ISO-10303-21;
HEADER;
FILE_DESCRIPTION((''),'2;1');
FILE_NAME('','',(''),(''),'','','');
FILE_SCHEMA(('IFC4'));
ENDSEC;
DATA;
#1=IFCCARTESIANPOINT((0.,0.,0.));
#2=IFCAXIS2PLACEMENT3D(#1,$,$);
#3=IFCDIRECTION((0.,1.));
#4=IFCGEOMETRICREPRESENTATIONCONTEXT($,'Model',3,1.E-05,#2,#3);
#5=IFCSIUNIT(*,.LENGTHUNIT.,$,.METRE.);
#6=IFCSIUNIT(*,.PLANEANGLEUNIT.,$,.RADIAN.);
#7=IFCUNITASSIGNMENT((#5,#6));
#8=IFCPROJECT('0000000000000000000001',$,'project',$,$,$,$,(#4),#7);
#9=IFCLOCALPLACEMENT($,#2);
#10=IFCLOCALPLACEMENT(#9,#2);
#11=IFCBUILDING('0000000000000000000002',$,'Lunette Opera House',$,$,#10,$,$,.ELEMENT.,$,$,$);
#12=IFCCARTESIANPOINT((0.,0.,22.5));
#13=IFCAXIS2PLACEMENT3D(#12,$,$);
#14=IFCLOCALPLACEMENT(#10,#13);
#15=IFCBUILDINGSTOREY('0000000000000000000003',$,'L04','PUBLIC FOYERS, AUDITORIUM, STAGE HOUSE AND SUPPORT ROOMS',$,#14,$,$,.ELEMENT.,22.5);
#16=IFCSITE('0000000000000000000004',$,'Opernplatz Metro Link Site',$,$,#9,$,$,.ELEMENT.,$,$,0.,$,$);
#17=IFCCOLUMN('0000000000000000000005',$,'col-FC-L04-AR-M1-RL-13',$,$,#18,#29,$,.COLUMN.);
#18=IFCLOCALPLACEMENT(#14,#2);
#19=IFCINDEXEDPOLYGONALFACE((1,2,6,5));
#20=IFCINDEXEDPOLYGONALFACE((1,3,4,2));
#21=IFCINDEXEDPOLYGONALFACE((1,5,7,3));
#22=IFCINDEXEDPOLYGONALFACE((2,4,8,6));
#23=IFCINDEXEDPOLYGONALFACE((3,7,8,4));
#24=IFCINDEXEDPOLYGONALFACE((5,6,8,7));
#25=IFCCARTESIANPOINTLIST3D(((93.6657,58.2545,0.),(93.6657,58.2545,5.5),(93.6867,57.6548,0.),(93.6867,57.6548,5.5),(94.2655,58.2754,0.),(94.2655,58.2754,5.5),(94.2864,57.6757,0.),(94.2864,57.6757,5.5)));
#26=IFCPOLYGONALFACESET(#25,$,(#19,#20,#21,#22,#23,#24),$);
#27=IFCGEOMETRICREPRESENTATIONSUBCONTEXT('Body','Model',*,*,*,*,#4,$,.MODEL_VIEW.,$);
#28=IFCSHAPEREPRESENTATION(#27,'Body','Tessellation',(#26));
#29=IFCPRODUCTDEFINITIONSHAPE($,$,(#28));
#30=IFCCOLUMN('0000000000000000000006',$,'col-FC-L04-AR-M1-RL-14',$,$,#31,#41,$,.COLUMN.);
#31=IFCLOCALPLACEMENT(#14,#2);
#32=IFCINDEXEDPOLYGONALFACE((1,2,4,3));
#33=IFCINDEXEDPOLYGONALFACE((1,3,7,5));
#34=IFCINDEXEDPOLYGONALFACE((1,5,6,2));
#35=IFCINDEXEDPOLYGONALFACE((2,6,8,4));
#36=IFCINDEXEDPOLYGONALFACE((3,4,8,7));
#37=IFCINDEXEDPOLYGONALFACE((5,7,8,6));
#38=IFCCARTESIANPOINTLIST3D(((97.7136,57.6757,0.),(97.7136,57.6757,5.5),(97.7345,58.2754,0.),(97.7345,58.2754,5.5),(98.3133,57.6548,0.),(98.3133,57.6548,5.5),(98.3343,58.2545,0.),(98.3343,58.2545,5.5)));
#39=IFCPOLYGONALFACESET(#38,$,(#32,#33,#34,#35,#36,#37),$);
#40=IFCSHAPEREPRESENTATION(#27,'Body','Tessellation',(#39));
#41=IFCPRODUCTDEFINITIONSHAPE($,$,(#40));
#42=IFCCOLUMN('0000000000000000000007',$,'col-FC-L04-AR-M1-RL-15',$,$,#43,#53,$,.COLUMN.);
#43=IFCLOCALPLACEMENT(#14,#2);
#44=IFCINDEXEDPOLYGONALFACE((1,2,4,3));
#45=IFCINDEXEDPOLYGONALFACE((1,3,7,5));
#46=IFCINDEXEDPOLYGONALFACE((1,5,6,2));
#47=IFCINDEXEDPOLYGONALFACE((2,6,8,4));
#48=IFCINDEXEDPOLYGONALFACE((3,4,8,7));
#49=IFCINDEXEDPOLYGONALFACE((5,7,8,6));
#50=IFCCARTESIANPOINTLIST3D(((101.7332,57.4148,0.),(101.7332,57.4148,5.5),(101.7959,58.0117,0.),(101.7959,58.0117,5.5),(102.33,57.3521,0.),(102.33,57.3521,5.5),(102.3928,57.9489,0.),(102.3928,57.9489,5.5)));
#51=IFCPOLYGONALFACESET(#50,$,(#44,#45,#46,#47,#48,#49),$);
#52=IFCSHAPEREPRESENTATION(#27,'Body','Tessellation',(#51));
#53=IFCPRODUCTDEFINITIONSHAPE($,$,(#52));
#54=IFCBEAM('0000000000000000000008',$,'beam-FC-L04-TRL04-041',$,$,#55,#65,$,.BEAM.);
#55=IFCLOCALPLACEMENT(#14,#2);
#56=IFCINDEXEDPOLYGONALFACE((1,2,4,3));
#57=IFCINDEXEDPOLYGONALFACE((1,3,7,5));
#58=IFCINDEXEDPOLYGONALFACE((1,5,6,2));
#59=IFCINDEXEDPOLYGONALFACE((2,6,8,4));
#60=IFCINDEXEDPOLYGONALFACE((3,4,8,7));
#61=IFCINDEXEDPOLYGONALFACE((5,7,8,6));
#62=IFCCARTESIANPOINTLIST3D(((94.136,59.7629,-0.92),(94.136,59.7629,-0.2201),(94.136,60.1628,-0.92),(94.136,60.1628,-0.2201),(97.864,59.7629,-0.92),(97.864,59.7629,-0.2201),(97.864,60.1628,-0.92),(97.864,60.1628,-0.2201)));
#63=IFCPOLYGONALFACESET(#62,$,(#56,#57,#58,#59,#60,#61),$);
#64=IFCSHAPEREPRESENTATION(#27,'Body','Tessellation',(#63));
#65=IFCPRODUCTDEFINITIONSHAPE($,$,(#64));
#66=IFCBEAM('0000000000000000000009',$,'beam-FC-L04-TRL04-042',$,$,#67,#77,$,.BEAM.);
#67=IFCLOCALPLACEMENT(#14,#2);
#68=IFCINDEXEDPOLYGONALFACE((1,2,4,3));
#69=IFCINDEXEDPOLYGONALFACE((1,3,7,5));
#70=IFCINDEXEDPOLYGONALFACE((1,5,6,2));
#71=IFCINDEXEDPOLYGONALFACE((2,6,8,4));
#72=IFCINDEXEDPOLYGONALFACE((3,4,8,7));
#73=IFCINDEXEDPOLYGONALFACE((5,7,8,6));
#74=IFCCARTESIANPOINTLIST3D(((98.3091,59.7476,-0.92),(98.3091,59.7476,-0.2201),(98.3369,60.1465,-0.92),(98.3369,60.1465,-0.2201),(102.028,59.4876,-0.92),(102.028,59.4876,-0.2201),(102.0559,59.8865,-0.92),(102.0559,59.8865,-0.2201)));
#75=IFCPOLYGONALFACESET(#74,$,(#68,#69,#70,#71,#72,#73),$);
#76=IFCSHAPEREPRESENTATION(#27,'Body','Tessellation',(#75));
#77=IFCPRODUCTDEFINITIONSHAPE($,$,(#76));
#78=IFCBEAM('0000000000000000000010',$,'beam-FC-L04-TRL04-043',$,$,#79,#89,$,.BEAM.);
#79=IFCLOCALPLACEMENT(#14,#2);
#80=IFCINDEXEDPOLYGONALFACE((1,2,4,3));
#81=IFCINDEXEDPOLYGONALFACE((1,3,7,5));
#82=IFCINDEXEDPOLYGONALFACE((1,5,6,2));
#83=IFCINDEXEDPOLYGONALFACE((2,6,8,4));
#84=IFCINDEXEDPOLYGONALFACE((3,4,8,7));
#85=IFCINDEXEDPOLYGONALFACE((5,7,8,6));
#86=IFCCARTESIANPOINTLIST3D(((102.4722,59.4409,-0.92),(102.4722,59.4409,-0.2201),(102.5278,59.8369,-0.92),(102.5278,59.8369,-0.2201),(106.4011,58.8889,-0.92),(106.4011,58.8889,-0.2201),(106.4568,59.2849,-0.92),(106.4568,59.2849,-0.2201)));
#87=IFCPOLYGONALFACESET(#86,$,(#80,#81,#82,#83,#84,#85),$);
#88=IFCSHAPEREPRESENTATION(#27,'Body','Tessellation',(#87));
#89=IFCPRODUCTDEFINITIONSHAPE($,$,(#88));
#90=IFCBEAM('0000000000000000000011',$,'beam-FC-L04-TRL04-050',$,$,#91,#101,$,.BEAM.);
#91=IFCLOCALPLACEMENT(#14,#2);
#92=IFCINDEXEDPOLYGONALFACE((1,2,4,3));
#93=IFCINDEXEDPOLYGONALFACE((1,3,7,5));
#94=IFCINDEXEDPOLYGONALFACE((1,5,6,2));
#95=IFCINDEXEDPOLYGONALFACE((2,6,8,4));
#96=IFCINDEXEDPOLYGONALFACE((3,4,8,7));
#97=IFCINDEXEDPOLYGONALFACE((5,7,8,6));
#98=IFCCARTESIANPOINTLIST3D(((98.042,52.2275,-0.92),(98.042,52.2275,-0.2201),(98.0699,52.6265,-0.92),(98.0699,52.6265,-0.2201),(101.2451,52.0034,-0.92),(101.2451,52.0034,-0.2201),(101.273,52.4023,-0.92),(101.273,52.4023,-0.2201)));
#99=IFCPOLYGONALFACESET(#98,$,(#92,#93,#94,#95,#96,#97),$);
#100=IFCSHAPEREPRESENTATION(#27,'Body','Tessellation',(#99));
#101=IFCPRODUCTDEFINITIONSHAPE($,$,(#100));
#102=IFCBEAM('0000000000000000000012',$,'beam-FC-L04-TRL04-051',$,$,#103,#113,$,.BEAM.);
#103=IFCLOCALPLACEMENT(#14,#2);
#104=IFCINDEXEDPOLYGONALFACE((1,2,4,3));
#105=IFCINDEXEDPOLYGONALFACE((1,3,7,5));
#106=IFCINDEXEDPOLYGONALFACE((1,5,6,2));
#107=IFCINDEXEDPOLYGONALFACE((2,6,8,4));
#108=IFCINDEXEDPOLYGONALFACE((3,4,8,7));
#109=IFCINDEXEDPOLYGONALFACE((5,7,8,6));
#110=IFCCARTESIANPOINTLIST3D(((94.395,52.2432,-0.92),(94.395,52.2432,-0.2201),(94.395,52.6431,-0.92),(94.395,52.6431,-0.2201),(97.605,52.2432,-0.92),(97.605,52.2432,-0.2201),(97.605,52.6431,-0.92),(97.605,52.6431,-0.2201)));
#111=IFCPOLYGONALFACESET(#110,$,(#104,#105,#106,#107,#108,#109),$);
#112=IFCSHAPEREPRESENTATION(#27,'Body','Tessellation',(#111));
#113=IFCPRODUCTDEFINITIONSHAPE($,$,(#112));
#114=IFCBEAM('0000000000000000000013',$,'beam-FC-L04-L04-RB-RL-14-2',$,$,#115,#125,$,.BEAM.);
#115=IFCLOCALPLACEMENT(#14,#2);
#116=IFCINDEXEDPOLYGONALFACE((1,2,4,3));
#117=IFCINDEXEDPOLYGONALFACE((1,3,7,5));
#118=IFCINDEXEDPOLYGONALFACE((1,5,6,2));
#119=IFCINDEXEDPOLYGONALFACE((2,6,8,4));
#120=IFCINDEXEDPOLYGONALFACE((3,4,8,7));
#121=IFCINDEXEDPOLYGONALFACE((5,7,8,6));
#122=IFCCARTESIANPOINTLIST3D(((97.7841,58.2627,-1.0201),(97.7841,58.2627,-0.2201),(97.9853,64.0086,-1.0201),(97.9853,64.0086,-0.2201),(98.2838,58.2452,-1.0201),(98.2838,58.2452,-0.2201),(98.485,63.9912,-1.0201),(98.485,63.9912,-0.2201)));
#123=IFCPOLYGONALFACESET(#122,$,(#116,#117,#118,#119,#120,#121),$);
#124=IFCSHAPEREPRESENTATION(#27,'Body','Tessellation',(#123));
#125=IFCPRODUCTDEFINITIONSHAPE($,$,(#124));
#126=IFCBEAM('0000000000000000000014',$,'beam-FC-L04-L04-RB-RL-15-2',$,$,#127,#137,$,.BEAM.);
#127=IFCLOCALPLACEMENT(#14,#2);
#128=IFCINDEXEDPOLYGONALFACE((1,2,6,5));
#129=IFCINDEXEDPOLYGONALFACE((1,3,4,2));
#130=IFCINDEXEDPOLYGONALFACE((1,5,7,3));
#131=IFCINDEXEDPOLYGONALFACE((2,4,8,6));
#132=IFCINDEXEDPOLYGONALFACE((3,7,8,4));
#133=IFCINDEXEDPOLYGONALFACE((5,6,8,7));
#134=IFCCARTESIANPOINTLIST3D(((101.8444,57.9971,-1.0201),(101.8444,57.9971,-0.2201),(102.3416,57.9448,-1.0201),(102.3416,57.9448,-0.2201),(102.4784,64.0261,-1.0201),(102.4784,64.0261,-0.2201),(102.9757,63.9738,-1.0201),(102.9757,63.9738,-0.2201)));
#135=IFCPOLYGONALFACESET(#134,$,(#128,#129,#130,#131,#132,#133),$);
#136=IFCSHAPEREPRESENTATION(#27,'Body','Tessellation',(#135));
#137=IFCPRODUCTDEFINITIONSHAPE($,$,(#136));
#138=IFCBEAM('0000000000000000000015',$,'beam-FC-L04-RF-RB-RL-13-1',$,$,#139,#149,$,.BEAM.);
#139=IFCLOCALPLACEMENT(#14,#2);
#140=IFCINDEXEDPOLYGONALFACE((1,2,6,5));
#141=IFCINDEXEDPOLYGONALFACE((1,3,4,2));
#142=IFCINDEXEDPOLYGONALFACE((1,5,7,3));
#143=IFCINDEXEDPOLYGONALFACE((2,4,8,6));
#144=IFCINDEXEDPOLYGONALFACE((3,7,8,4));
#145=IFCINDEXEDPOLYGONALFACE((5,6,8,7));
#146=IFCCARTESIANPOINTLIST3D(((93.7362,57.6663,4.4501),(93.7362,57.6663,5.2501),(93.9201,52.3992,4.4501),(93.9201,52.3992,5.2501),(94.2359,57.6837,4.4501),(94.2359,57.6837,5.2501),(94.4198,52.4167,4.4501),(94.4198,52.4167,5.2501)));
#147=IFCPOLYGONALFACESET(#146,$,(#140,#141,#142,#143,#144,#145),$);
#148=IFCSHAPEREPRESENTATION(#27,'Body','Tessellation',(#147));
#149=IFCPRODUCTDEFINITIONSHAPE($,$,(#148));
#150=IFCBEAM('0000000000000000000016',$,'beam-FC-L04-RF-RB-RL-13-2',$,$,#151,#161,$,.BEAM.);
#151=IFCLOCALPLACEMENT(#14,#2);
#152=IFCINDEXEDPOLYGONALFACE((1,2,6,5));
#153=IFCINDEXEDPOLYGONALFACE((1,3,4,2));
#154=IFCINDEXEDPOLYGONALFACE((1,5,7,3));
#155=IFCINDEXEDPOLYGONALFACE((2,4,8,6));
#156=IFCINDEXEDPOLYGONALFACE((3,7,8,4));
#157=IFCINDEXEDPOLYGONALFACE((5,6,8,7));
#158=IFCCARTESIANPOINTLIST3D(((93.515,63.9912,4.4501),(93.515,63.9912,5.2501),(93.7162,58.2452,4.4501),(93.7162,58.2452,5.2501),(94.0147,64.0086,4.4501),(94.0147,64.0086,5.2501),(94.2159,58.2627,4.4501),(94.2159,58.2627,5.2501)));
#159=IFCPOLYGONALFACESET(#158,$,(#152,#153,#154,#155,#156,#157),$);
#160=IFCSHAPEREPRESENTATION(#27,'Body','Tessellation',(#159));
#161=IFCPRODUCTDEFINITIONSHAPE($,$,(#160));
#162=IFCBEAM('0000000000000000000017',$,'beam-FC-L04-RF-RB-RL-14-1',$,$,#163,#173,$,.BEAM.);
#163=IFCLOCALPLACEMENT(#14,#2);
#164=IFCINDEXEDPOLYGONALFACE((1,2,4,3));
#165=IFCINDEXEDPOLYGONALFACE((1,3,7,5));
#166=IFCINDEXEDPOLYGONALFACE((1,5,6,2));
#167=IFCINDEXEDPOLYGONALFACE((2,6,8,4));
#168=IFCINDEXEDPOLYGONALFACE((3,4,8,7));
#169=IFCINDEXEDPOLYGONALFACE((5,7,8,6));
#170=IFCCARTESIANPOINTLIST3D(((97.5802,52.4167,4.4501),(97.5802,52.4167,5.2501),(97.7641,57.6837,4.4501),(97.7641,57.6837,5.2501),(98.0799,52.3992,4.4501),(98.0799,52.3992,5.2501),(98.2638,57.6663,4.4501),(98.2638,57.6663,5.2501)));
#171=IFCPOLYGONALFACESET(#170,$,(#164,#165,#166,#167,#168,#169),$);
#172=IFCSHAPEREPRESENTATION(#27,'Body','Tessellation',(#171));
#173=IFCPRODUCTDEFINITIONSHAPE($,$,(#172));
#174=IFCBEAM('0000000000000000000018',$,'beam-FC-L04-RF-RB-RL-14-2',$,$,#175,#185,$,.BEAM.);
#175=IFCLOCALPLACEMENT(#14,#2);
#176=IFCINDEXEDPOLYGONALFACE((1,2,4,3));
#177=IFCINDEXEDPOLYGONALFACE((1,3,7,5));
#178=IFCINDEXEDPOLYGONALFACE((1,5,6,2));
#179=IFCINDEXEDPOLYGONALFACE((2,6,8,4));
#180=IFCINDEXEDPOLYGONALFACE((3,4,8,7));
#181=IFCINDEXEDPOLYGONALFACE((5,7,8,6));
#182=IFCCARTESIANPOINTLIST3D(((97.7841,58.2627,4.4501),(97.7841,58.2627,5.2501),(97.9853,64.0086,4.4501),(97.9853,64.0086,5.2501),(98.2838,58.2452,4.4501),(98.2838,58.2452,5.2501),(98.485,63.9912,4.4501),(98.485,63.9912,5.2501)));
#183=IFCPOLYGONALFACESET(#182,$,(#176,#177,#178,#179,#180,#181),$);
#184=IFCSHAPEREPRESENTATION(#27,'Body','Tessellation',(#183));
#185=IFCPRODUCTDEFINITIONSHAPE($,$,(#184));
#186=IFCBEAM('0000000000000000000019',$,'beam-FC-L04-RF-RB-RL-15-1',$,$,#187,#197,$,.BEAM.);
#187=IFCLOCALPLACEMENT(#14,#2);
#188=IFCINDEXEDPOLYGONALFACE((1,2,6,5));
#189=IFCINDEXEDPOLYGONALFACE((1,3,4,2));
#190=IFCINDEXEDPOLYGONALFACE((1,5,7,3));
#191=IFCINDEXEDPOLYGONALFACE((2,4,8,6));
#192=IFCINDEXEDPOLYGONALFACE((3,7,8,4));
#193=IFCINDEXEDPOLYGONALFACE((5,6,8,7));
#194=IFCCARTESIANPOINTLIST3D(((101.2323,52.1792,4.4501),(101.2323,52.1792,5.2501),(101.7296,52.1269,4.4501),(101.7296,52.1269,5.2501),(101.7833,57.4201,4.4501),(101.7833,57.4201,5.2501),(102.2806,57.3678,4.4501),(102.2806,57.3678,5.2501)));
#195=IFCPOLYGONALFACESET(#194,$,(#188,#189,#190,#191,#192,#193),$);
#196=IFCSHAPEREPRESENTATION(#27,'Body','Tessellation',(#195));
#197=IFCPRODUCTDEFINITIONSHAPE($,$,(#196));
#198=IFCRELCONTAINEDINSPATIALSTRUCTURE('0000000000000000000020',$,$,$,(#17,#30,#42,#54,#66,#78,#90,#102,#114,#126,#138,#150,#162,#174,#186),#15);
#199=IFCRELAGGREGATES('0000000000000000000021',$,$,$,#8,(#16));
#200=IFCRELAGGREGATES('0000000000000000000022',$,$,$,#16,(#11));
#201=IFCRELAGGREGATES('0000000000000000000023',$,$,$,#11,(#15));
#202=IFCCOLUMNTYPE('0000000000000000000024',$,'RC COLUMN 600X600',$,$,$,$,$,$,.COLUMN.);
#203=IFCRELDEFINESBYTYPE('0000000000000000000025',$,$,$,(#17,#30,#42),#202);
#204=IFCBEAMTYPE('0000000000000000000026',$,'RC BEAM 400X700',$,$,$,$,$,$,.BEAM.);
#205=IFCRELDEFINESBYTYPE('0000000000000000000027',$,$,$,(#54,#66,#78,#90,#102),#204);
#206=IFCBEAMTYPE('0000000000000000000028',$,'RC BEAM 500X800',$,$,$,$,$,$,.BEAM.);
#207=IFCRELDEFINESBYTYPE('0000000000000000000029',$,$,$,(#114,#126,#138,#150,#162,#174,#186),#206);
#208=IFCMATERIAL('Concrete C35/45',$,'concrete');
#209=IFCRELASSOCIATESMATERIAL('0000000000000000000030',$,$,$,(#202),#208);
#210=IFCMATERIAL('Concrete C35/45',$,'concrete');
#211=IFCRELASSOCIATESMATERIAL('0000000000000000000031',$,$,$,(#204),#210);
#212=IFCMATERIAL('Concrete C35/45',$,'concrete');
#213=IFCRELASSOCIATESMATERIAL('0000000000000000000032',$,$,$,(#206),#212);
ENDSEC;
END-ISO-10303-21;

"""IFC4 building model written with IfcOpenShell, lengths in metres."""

from ifc_helpers import new_model, si_unit, direction, frame, origin, origin_2d, place, context, subcontext, project, spatial, rectangle, extrude, material, material_profile, profile_set, type_object, element, save


model = new_model("IFC4")

# Units and contexts
model_context = context("Model", 3, precision=1e-05, world=origin(), true_north=direction((0.0, 1.0)))
body_context = subcontext(model_context, "Body", "Model", "MODEL_VIEW")
ifc_project = project(units=[si_unit("LENGTHUNIT", "METRE"), si_unit("PLANEANGLEUNIT", "RADIAN")], contexts=[model_context])

# Site, building, storey
site_placement = place(None, origin())
site = spatial("IfcSite", under=ifc_project, at=site_placement, Name="Opernplatz Metro Link Site", CompositionType="ELEMENT", RefElevation=0.0)
building_placement = place(site_placement, origin())
building = spatial("IfcBuilding", under=site, at=building_placement, Name="Lunette Opera House", CompositionType="ELEMENT")
storey_placement = place(building_placement, frame((0.0, 0.0, 22.5)))
storey = spatial("IfcBuildingStorey", under=building, at=storey_placement, Name="L04", Description="PUBLIC FOYERS, AUDITORIUM, STAGE HOUSE AND SUPPORT ROOMS", CompositionType="ELEMENT", Elevation=22.5)

# Columns
ifc_material_1 = material(Name="Concrete C35/45", Category="concrete")
ifc_material_profile_1 = material_profile(ifc_material_1, rectangle(XDim=0.6001, YDim=0.6001, at=origin_2d()), Name="RC COLUMN 600X600")
ifc_profile_set_1 = profile_set([ifc_material_profile_1], Name="Concrete C35/45")
column_type = type_object("IfcColumnType", Name="RC COLUMN 600X600", PredefinedType="COLUMN", material=ifc_profile_set_1)
for number, where, z_axis, x_axis, name in (
    (1, (93.9761, 57.9651, 0.0), (0.0, 0.0, 1.0), (0.999391, 0.034899, 0.0), "col-FC-L04-AR-M1-RL-13"),
    (2, (98.0239, 57.9651, 0.0), (0.0, 0.0, 1.0), (0.999391, -0.034899, 0.0), "col-FC-L04-AR-M1-RL-14"),
    (3, (102.063, 57.6819, 0.0), (0.0, 0.0, 1.0), (0.994522, -0.104528, 0.0), "col-FC-L04-AR-M1-RL-15"),
):
    element("IfcColumn", number, at=place(storey_placement, frame(where, z_axis=z_axis, x_axis=x_axis)), inside=storey, type_object=column_type, Name=name, PredefinedType="COLUMN", context=body_context, shape_type="SweptSolid", body=[
        extrude(rectangle(XDim=0.6001, YDim=0.6001, at=origin_2d()), origin(), (0.0, 0.0, 1.0), 5.5),
    ])

# Beams
ifc_material_2 = material(Name="Concrete C35/45", Category="concrete")
ifc_material_profile_2 = material_profile(ifc_material_2, rectangle(XDim=0.3999, YDim=0.7, at=origin_2d()), Name="RC BEAM 400X700")
ifc_profile_set_2 = profile_set([ifc_material_profile_2], Name="Concrete C35/45")
beam_type_1 = type_object("IfcBeamType", Name="RC BEAM 400X700", PredefinedType="BEAM", material=ifc_profile_set_2)
for number, where, z_axis, x_axis, name in (
    (4, (94.136, 59.9629, -0.5701), (1.0, 0.0, 0.0), (0.0, 1.0, 0.0), "beam-FC-L04-TRL04-041"),
    (5, (98.323, 59.947, -0.5701), (0.997565, -0.069744, 0.0), (0.069744, 0.997565, 0.0), "beam-FC-L04-TRL04-042"),
):
    element("IfcBeam", number, at=place(storey_placement, frame(where, z_axis=z_axis, x_axis=x_axis)), inside=storey, type_object=beam_type_1, Name=name, PredefinedType="BEAM", context=body_context, shape_type="SweptSolid", body=[
        extrude(rectangle(XDim=0.3999, YDim=0.7, at=origin_2d()), origin(), (0.0, 0.0, 1.0), 3.728),
    ])
beam_1_placement = place(storey_placement, frame((102.5, 59.6389, -0.5701), z_axis=(0.990274, -0.139129, 0.0), x_axis=(0.139129, 0.990274, 0.0)))
element("IfcBeam", 6, at=beam_1_placement, inside=storey, type_object=beam_type_1, Name="beam-FC-L04-TRL04-043", PredefinedType="BEAM", context=body_context, shape_type="SweptSolid", body=[
    extrude(rectangle(XDim=0.3999, YDim=0.7, at=origin_2d()), origin(), (0.0, 0.0, 1.0), 3.9675),
])
beam_2_placement = place(storey_placement, frame((101.259, 52.2029, -0.5701), z_axis=(-0.997561, 0.069799, 0.0), x_axis=(-0.069799, -0.997561, 0.0)))
element("IfcBeam", 7, at=beam_2_placement, inside=storey, type_object=beam_type_1, Name="beam-FC-L04-TRL04-050", PredefinedType="BEAM", context=body_context, shape_type="SweptSolid", body=[
    extrude(rectangle(XDim=0.3999, YDim=0.7, at=origin_2d()), origin(), (0.0, 0.0, 1.0), 3.2109),
])
beam_3_placement = place(storey_placement, frame((97.605, 52.4431, -0.5701), z_axis=(-1.0, 0.0, 0.0), x_axis=(0.0, -1.0, 0.0)))
element("IfcBeam", 8, at=beam_3_placement, inside=storey, type_object=beam_type_1, Name="beam-FC-L04-TRL04-051", PredefinedType="BEAM", context=body_context, shape_type="SweptSolid", body=[
    extrude(rectangle(XDim=0.3999, YDim=0.7, at=origin_2d()), origin(), (0.0, 0.0, 1.0), 3.21),
])
ifc_material_3 = material(Name="Concrete C35/45", Category="concrete")
ifc_material_profile_3 = material_profile(ifc_material_3, rectangle(XDim=0.5, YDim=0.8, at=origin_2d()), Name="RC BEAM 500X800")
ifc_profile_set_3 = profile_set([ifc_material_profile_3], Name="Concrete C35/45")
beam_type_2 = type_object("IfcBeamType", Name="RC BEAM 500X800", PredefinedType="BEAM", material=ifc_profile_set_3)
beam_4_placement = place(storey_placement, frame((98.0339, 58.2539, -0.6201), z_axis=(0.034989, 0.999388, 0.0), x_axis=(-0.999388, 0.034989, 0.0)))
element("IfcBeam", 9, at=beam_4_placement, inside=storey, type_object=beam_type_2, Name="beam-FC-L04-L04-RB-RL-14-2", PredefinedType="BEAM", context=body_context, shape_type="SweptSolid", body=[
    extrude(rectangle(XDim=0.5, YDim=0.8, at=origin_2d()), origin(), (0.0, 0.0, 1.0), 5.7495),
])
beam_5_placement = place(storey_placement, frame((102.093, 57.9709, -0.6201), z_axis=(0.104586, 0.994516, 0.0), x_axis=(-0.994516, 0.104586, 0.0)))
element("IfcBeam", 10, at=beam_5_placement, inside=storey, type_object=beam_type_2, Name="beam-FC-L04-L04-RB-RL-15-2", PredefinedType="BEAM", context=body_context, shape_type="SweptSolid", body=[
    extrude(rectangle(XDim=0.5, YDim=0.8, at=origin_2d()), origin(), (0.0, 0.0, 1.0), 6.0623),
])
beam_6_placement = place(storey_placement, frame((94.1699, 52.408, 4.8501), z_axis=(-0.034882, 0.999391, 0.0), x_axis=(-0.999391, -0.034882, 0.0)))
element("IfcBeam", 11, at=beam_6_placement, inside=storey, type_object=beam_type_2, Name="beam-FC-L04-RF-RB-RL-13-1", PredefinedType="BEAM", context=body_context, shape_type="SweptSolid", body=[
    extrude(rectangle(XDim=0.5, YDim=0.8, at=origin_2d()), origin(), (0.0, 0.0, 1.0), 5.2703),
])
beam_7_placement = place(storey_placement, frame((93.9661, 58.2539, 4.8501), z_axis=(-0.034989, 0.999388, 0.0), x_axis=(-0.999388, -0.034989, 0.0)))
element("IfcBeam", 12, at=beam_7_placement, inside=storey, type_object=beam_type_2, Name="beam-FC-L04-RF-RB-RL-13-2", PredefinedType="BEAM", context=body_context, shape_type="SweptSolid", body=[
    extrude(rectangle(XDim=0.5, YDim=0.8, at=origin_2d()), origin(), (0.0, 0.0, 1.0), 5.7495),
])
beam_8_placement = place(storey_placement, frame((97.8301, 52.408, 4.8501), z_axis=(0.034882, 0.999391, 0.0), x_axis=(-0.999391, 0.034882, 0.0)))
element("IfcBeam", 13, at=beam_8_placement, inside=storey, type_object=beam_type_2, Name="beam-FC-L04-RF-RB-RL-14-1", PredefinedType="BEAM", context=body_context, shape_type="SweptSolid", body=[
    extrude(rectangle(XDim=0.5, YDim=0.8, at=origin_2d()), origin(), (0.0, 0.0, 1.0), 5.2703),
])
beam_9_placement = place(storey_placement, frame((98.0339, 58.2539, 4.8501), z_axis=(0.034989, 0.999388, 0.0), x_axis=(-0.999388, 0.034989, 0.0)))
element("IfcBeam", 14, at=beam_9_placement, inside=storey, type_object=beam_type_2, Name="beam-FC-L04-RF-RB-RL-14-2", PredefinedType="BEAM", context=body_context, shape_type="SweptSolid", body=[
    extrude(rectangle(XDim=0.5, YDim=0.8, at=origin_2d()), origin(), (0.0, 0.0, 1.0), 5.7495),
])
beam_10_placement = place(storey_placement, frame((101.481, 52.1531, 4.8501), z_axis=(0.104562, 0.994518, 0.0), x_axis=(-0.994518, 0.104562, 0.0)))
element("IfcBeam", 15, at=beam_10_placement, inside=storey, type_object=beam_type_2, Name="beam-FC-L04-RF-RB-RL-15-1", PredefinedType="BEAM", context=body_context, shape_type="SweptSolid", body=[
    extrude(rectangle(XDim=0.5, YDim=0.8, at=origin_2d()), origin(), (0.0, 0.0, 1.0), 5.2698),
])

save(model, "model.ifc")
